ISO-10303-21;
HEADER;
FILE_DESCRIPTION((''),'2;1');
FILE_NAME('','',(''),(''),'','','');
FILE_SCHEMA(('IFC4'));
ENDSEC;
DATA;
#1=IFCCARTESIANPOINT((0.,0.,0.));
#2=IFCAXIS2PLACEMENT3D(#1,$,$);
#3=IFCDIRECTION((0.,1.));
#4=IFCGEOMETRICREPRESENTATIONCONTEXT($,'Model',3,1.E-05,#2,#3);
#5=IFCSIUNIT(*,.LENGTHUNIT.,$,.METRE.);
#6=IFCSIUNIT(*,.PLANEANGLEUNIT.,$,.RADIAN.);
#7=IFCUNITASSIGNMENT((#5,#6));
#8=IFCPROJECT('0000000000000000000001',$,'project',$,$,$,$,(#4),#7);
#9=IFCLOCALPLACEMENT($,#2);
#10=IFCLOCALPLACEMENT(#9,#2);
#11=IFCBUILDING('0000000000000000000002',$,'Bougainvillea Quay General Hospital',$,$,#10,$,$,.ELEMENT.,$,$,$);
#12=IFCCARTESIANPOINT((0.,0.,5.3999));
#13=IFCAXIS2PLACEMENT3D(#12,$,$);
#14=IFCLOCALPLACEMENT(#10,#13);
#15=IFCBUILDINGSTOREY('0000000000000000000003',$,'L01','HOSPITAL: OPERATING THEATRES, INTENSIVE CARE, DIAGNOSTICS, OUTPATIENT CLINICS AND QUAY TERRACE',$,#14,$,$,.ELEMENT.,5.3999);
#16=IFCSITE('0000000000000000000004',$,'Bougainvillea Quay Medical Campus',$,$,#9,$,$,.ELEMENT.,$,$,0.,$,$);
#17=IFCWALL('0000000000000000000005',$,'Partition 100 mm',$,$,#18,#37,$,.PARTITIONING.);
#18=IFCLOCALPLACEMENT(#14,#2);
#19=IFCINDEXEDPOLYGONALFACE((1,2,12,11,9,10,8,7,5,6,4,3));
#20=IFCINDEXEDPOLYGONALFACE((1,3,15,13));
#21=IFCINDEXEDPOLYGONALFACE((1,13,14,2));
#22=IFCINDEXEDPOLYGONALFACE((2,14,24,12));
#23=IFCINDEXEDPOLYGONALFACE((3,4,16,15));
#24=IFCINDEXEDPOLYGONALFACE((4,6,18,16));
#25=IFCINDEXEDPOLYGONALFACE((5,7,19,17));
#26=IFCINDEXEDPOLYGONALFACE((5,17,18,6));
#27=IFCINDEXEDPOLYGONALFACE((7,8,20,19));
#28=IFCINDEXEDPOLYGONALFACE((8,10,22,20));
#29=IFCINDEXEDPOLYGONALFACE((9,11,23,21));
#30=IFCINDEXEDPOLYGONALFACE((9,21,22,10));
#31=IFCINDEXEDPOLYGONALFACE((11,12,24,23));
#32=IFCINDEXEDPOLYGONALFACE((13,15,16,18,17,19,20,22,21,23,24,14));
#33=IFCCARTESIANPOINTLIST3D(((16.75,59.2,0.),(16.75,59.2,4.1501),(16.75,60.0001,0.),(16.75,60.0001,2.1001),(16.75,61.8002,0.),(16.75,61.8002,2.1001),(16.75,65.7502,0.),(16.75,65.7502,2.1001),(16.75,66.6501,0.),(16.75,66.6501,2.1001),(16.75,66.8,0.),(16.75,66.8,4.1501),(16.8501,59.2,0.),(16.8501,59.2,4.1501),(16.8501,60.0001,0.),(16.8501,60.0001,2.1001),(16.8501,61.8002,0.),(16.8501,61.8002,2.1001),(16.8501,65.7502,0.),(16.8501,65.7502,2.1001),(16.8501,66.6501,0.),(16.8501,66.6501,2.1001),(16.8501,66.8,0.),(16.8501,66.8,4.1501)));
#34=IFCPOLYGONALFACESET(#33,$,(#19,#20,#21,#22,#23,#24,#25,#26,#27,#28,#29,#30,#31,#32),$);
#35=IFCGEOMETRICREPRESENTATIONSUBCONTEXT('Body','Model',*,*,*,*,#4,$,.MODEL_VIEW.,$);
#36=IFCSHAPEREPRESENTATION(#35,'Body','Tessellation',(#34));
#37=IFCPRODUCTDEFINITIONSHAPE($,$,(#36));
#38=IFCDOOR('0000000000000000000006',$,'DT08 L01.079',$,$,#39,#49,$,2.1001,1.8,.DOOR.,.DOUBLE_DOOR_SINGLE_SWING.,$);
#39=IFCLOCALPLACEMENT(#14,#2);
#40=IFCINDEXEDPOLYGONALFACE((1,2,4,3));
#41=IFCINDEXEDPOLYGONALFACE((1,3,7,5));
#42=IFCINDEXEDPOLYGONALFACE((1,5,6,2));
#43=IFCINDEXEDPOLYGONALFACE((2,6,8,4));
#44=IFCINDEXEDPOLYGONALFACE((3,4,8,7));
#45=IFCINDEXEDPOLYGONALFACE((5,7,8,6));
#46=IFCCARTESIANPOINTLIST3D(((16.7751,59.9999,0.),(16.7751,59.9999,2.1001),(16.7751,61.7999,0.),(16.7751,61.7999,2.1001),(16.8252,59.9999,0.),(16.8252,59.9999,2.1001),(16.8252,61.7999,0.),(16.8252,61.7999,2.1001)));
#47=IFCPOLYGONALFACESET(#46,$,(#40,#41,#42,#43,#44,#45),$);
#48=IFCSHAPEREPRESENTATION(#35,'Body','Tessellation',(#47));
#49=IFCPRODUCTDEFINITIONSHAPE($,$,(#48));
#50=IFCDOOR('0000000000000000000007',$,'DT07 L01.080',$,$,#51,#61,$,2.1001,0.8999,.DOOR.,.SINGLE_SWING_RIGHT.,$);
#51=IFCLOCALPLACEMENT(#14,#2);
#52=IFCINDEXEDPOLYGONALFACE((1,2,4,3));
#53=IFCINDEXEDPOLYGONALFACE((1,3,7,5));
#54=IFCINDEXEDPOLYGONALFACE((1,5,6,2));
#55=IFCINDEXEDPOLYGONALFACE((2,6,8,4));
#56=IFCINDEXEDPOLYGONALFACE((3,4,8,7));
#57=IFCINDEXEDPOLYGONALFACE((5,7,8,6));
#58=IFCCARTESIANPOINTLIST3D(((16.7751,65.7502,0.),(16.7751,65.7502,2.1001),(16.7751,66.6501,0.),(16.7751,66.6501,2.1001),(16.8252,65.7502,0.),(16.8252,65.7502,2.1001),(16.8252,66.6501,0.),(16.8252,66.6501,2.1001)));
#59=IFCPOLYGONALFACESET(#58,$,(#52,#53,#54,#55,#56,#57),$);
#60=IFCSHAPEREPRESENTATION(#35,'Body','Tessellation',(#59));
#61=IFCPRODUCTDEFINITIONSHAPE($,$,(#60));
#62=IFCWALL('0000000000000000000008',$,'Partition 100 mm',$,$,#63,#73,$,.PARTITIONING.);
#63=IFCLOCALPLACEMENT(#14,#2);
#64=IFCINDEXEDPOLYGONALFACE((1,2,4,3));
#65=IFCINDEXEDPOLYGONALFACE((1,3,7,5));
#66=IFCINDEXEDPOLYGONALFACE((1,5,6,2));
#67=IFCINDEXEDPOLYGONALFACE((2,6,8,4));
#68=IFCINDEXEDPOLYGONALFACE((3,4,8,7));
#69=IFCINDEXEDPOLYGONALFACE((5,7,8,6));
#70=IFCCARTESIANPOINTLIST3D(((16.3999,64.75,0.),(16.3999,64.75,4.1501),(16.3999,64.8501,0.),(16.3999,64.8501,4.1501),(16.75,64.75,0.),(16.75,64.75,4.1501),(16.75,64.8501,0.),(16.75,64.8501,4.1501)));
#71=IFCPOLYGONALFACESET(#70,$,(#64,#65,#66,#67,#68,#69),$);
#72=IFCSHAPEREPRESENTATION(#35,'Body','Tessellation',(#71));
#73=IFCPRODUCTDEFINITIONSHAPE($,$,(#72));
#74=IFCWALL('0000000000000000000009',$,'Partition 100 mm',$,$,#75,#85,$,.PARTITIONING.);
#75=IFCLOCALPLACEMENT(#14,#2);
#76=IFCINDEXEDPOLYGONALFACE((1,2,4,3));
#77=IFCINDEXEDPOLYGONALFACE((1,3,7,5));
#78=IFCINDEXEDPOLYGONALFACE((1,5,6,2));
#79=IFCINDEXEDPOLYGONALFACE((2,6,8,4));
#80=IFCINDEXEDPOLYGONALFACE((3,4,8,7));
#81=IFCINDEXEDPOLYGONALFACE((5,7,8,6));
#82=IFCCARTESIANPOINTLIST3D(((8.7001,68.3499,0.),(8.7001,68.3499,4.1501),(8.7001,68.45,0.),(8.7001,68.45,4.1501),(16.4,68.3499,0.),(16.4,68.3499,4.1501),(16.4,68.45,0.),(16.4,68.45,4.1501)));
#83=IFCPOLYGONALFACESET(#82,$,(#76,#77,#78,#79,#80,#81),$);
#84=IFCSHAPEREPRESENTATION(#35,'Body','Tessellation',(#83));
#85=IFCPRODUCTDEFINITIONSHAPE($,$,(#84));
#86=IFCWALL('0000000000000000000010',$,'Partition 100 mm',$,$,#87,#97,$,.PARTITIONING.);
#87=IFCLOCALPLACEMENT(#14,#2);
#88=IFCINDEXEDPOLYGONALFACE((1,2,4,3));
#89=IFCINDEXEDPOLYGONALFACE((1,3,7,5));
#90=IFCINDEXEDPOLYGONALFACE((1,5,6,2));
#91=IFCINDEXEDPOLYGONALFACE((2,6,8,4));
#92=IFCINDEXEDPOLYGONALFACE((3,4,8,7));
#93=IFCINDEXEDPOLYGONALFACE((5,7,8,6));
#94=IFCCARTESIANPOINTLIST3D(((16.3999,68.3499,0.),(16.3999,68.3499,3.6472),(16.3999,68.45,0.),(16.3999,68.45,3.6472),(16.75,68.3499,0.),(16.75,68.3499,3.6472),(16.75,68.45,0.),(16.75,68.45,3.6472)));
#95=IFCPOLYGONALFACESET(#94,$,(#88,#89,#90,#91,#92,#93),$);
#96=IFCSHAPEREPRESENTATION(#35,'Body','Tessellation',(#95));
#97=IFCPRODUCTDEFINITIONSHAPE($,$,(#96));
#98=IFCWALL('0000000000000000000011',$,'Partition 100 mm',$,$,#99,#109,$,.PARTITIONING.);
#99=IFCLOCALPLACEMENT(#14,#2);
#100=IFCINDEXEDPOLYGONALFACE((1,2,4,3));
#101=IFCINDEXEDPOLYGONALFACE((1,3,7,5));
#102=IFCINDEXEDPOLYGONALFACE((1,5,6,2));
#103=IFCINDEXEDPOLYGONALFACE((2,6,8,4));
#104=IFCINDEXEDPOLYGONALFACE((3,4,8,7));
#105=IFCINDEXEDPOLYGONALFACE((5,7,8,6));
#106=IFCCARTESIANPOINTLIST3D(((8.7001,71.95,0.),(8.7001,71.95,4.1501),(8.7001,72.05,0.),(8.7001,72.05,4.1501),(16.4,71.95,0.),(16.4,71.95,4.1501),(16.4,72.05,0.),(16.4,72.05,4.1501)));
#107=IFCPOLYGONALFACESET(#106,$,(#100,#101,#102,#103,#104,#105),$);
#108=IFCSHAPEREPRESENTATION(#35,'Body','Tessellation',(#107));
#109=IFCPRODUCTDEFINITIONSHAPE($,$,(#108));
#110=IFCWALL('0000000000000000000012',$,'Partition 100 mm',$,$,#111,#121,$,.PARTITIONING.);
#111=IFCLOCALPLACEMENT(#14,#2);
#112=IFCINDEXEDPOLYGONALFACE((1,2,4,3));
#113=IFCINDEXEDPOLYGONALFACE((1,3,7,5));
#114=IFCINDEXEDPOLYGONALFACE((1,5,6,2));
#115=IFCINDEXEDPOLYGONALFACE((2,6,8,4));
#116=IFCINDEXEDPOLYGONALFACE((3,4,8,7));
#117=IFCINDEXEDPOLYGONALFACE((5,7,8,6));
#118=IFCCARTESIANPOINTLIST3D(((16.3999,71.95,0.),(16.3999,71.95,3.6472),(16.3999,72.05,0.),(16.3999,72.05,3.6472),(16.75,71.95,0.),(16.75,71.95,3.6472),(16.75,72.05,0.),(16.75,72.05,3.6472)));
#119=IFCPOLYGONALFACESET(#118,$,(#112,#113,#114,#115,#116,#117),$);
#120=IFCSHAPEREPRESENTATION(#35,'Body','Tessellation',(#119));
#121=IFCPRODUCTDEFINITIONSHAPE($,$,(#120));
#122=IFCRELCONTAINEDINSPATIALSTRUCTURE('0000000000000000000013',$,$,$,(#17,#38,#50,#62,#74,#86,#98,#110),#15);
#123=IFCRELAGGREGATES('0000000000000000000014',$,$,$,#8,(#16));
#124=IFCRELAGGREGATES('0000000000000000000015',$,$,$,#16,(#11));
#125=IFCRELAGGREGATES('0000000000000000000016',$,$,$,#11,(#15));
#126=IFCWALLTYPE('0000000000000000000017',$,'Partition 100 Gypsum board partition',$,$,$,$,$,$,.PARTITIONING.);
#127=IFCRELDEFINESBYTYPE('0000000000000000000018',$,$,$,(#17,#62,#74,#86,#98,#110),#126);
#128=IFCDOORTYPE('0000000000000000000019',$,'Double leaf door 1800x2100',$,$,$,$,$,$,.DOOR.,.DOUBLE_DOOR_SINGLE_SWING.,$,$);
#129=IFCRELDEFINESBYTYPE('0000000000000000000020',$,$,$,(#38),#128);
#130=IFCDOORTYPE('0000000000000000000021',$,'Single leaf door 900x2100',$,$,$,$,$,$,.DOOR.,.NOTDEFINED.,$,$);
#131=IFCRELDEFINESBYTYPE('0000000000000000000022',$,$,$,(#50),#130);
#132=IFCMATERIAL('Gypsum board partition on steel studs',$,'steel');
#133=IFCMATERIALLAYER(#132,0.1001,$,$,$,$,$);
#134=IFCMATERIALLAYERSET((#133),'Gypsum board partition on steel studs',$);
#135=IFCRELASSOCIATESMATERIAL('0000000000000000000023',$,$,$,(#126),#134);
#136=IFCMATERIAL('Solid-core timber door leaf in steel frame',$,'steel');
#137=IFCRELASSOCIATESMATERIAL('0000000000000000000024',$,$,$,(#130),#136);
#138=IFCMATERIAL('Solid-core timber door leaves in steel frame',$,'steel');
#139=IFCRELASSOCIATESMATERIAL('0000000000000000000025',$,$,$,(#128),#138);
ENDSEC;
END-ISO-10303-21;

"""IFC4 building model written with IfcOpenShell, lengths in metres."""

from ifc_helpers import new_model, si_unit, direction, frame, frame_2d, origin, place, context, subcontext, project, spatial, rectangle, extrude, material, layer, layer_set, type_object, element, fill, save


model = new_model("IFC4")

# Units and contexts
model_context = context("Model", 3, precision=1e-05, world=origin(), true_north=direction((0.0, 1.0)))
body_context = subcontext(model_context, "Body", "Model", "MODEL_VIEW")
ifc_project = project(units=[si_unit("LENGTHUNIT", "METRE"), si_unit("PLANEANGLEUNIT", "RADIAN")], contexts=[model_context])

# Site, building, storey
site_placement = place(None, origin())
site = spatial("IfcSite", under=ifc_project, at=site_placement, Name="Bougainvillea Quay Medical Campus", CompositionType="ELEMENT", RefElevation=0.0)
building_placement = place(site_placement, origin())
building = spatial("IfcBuilding", under=site, at=building_placement, Name="Bougainvillea Quay General Hospital", CompositionType="ELEMENT")
storey_placement = place(building_placement, frame((0.0, 0.0, 5.3999)))
storey = spatial("IfcBuildingStorey", under=building, at=storey_placement, Name="L01", Description="HOSPITAL: OPERATING THEATRES, INTENSIVE CARE, DIAGNOSTICS, OUTPATIENT CLINICS AND QUAY TERRACE", CompositionType="ELEMENT", Elevation=5.3999)

# Wall, openings, doors
ifc_material_1 = material(Name="Gypsum board partition on steel studs", Category="steel")
ifc_layer_1 = layer(ifc_material_1, 0.1001)
ifc_layer_set_1 = layer_set([ifc_layer_1], Name="Gypsum board partition on steel studs")
wall_type_1 = type_object("IfcWallType", Name="Partition 100 Gypsum board partition", PredefinedType="PARTITIONING", material=ifc_layer_set_1)
ifc_material_2 = material(Name="Solid-core timber door leaf in steel frame", Category="steel")
door_type_1 = type_object("IfcDoorType", Name="Single leaf door 900x2100", OperationType="NOTDEFINED", PredefinedType="DOOR", material=ifc_material_2)
wall_1_placement = place(storey_placement, frame((16.8, 66.8, 0.0), z_axis=(0.0, 0.0, 1.0), x_axis=(0.0, -1.0, 0.0)))
wall_1 = element("IfcWall", 1, at=wall_1_placement, inside=storey, type_object=wall_type_1, Name="Partition 100 mm", PredefinedType="PARTITIONING", context=body_context, shape_type="SweptSolid", body=[
    extrude(rectangle(XDim=7.6001, YDim=0.1001, at=frame_2d((3.8, 0.0))), origin(), (0.0, 0.0, 1.0), 4.1501),
])
opening_1_placement = place(wall_1_placement, frame((5.0, 0.0, 0.0)))
opening_1 = element("IfcOpeningElement", 2, at=opening_1_placement, cuts=wall_1, PredefinedType="OPENING", context=body_context, shape_type="SweptSolid", body=[
    extrude(rectangle(XDim=1.8, YDim=2.1001, at=frame_2d((0.8999, 1.05))), frame((0.0, 0.0601, 0.0), z_axis=(0.0, -1.0, 0.0), x_axis=(1.0, 0.0, 0.0)), (0.0, 0.0, 1.0), 0.1201),
])
opening_2_placement = place(wall_1_placement, frame((0.1499, 0.0, 0.0)))
opening_2 = element("IfcOpeningElement", 3, at=opening_2_placement, cuts=wall_1, PredefinedType="OPENING", context=body_context, shape_type="SweptSolid", body=[
    extrude(rectangle(XDim=0.8999, YDim=2.1001, at=frame_2d((0.45, 1.05))), frame((0.0, 0.0601, 0.0), z_axis=(0.0, -1.0, 0.0), x_axis=(1.0, 0.0, 0.0)), (0.0, 0.0, 1.0), 0.1201),
])
ifc_material_3 = material(Name="Solid-core timber door leaves in steel frame", Category="steel")
door_type_2 = type_object("IfcDoorType", Name="Double leaf door 1800x2100", OperationType="DOUBLE_DOOR_SINGLE_SWING", PredefinedType="DOOR", material=ifc_material_3)
door_1_placement = place(opening_1_placement, frame((1.8, 0.0, 0.0), z_axis=(0.0, 0.0, 1.0), x_axis=(-1.0, 0.0, 0.0)))
door_1 = element("IfcDoor", 4, at=door_1_placement, inside=storey, type_object=door_type_2, Name="DT08 L01.079", OperationType="DOUBLE_DOOR_SINGLE_SWING", OverallHeight=2.1001, OverallWidth=1.8, PredefinedType="DOOR", context=body_context, shape_type="SweptSolid", body=[
    extrude(rectangle(XDim=1.8, YDim=2.1001, at=frame_2d((0.8999, 1.05))), frame((0.0, 0.0249, 0.0), z_axis=(0.0, -1.0, 0.0), x_axis=(1.0, 0.0, 0.0)), (0.0, 0.0, 1.0), 0.05),
])
fill(opening_1, door_1)
door_2_placement = place(opening_2_placement, frame((0.8999, 0.0, 0.0), z_axis=(0.0, 0.0, 1.0), x_axis=(-1.0, 0.0, 0.0)))
door_2 = element("IfcDoor", 5, at=door_2_placement, inside=storey, type_object=door_type_1, Name="DT07 L01.080", OperationType="SINGLE_SWING_RIGHT", OverallHeight=2.1001, OverallWidth=0.8999, PredefinedType="DOOR", context=body_context, shape_type="SweptSolid", body=[
    extrude(rectangle(XDim=0.8999, YDim=2.1001, at=frame_2d((0.45, 1.05))), frame((0.0, 0.0249, 0.0), z_axis=(0.0, -1.0, 0.0), x_axis=(1.0, 0.0, 0.0)), (0.0, 0.0, 1.0), 0.05),
])
fill(opening_2, door_2)

# Walls
wall_2_placement = place(storey_placement, frame((16.3999, 64.8, 0.0), z_axis=(0.0, 0.0, 1.0), x_axis=(1.0, 0.0, 0.0)))
element("IfcWall", 6, at=wall_2_placement, inside=storey, type_object=wall_type_1, Name="Partition 100 mm", PredefinedType="PARTITIONING", context=body_context, shape_type="SweptSolid", body=[
    extrude(rectangle(XDim=0.3501, YDim=0.1001, at=frame_2d((0.175, 0.0))), origin(), (0.0, 0.0, 1.0), 4.1501),
])
wall_3_placement = place(storey_placement, frame((8.7, 68.3999, 0.0), z_axis=(0.0, 0.0, 1.0), x_axis=(1.0, 0.0, 0.0)))
element("IfcWall", 7, at=wall_3_placement, inside=storey, type_object=wall_type_1, Name="Partition 100 mm", PredefinedType="PARTITIONING", context=body_context, shape_type="SweptSolid", body=[
    extrude(rectangle(XDim=7.7, YDim=0.1001, at=frame_2d((3.8501, 0.0))), origin(), (0.0, 0.0, 1.0), 4.1501),
])
wall_4_placement = place(storey_placement, frame((16.3999, 68.3999, 0.0), z_axis=(0.0, 0.0, 1.0), x_axis=(1.0, 0.0, 0.0)))
element("IfcWall", 8, at=wall_4_placement, inside=storey, type_object=wall_type_1, Name="Partition 100 mm", PredefinedType="PARTITIONING", context=body_context, shape_type="SweptSolid", body=[
    extrude(rectangle(XDim=0.3501, YDim=0.1001, at=frame_2d((0.175, 0.0))), origin(), (0.0, 0.0, 1.0), 3.6472),
])
wall_5_placement = place(storey_placement, frame((8.7, 72.0, 0.0), z_axis=(0.0, 0.0, 1.0), x_axis=(1.0, 0.0, 0.0)))
element("IfcWall", 9, at=wall_5_placement, inside=storey, type_object=wall_type_1, Name="Partition 100 mm", PredefinedType="PARTITIONING", context=body_context, shape_type="SweptSolid", body=[
    extrude(rectangle(XDim=7.7, YDim=0.1001, at=frame_2d((3.8501, 0.0))), origin(), (0.0, 0.0, 1.0), 4.1501),
])
wall_6_placement = place(storey_placement, frame((16.3999, 72.0, 0.0), z_axis=(0.0, 0.0, 1.0), x_axis=(1.0, 0.0, 0.0)))
element("IfcWall", 10, at=wall_6_placement, inside=storey, type_object=wall_type_1, Name="Partition 100 mm", PredefinedType="PARTITIONING", context=body_context, shape_type="SweptSolid", body=[
    extrude(rectangle(XDim=0.3501, YDim=0.1001, at=frame_2d((0.175, 0.0))), origin(), (0.0, 0.0, 1.0), 3.6472),
])

save(model, "model.ifc")
